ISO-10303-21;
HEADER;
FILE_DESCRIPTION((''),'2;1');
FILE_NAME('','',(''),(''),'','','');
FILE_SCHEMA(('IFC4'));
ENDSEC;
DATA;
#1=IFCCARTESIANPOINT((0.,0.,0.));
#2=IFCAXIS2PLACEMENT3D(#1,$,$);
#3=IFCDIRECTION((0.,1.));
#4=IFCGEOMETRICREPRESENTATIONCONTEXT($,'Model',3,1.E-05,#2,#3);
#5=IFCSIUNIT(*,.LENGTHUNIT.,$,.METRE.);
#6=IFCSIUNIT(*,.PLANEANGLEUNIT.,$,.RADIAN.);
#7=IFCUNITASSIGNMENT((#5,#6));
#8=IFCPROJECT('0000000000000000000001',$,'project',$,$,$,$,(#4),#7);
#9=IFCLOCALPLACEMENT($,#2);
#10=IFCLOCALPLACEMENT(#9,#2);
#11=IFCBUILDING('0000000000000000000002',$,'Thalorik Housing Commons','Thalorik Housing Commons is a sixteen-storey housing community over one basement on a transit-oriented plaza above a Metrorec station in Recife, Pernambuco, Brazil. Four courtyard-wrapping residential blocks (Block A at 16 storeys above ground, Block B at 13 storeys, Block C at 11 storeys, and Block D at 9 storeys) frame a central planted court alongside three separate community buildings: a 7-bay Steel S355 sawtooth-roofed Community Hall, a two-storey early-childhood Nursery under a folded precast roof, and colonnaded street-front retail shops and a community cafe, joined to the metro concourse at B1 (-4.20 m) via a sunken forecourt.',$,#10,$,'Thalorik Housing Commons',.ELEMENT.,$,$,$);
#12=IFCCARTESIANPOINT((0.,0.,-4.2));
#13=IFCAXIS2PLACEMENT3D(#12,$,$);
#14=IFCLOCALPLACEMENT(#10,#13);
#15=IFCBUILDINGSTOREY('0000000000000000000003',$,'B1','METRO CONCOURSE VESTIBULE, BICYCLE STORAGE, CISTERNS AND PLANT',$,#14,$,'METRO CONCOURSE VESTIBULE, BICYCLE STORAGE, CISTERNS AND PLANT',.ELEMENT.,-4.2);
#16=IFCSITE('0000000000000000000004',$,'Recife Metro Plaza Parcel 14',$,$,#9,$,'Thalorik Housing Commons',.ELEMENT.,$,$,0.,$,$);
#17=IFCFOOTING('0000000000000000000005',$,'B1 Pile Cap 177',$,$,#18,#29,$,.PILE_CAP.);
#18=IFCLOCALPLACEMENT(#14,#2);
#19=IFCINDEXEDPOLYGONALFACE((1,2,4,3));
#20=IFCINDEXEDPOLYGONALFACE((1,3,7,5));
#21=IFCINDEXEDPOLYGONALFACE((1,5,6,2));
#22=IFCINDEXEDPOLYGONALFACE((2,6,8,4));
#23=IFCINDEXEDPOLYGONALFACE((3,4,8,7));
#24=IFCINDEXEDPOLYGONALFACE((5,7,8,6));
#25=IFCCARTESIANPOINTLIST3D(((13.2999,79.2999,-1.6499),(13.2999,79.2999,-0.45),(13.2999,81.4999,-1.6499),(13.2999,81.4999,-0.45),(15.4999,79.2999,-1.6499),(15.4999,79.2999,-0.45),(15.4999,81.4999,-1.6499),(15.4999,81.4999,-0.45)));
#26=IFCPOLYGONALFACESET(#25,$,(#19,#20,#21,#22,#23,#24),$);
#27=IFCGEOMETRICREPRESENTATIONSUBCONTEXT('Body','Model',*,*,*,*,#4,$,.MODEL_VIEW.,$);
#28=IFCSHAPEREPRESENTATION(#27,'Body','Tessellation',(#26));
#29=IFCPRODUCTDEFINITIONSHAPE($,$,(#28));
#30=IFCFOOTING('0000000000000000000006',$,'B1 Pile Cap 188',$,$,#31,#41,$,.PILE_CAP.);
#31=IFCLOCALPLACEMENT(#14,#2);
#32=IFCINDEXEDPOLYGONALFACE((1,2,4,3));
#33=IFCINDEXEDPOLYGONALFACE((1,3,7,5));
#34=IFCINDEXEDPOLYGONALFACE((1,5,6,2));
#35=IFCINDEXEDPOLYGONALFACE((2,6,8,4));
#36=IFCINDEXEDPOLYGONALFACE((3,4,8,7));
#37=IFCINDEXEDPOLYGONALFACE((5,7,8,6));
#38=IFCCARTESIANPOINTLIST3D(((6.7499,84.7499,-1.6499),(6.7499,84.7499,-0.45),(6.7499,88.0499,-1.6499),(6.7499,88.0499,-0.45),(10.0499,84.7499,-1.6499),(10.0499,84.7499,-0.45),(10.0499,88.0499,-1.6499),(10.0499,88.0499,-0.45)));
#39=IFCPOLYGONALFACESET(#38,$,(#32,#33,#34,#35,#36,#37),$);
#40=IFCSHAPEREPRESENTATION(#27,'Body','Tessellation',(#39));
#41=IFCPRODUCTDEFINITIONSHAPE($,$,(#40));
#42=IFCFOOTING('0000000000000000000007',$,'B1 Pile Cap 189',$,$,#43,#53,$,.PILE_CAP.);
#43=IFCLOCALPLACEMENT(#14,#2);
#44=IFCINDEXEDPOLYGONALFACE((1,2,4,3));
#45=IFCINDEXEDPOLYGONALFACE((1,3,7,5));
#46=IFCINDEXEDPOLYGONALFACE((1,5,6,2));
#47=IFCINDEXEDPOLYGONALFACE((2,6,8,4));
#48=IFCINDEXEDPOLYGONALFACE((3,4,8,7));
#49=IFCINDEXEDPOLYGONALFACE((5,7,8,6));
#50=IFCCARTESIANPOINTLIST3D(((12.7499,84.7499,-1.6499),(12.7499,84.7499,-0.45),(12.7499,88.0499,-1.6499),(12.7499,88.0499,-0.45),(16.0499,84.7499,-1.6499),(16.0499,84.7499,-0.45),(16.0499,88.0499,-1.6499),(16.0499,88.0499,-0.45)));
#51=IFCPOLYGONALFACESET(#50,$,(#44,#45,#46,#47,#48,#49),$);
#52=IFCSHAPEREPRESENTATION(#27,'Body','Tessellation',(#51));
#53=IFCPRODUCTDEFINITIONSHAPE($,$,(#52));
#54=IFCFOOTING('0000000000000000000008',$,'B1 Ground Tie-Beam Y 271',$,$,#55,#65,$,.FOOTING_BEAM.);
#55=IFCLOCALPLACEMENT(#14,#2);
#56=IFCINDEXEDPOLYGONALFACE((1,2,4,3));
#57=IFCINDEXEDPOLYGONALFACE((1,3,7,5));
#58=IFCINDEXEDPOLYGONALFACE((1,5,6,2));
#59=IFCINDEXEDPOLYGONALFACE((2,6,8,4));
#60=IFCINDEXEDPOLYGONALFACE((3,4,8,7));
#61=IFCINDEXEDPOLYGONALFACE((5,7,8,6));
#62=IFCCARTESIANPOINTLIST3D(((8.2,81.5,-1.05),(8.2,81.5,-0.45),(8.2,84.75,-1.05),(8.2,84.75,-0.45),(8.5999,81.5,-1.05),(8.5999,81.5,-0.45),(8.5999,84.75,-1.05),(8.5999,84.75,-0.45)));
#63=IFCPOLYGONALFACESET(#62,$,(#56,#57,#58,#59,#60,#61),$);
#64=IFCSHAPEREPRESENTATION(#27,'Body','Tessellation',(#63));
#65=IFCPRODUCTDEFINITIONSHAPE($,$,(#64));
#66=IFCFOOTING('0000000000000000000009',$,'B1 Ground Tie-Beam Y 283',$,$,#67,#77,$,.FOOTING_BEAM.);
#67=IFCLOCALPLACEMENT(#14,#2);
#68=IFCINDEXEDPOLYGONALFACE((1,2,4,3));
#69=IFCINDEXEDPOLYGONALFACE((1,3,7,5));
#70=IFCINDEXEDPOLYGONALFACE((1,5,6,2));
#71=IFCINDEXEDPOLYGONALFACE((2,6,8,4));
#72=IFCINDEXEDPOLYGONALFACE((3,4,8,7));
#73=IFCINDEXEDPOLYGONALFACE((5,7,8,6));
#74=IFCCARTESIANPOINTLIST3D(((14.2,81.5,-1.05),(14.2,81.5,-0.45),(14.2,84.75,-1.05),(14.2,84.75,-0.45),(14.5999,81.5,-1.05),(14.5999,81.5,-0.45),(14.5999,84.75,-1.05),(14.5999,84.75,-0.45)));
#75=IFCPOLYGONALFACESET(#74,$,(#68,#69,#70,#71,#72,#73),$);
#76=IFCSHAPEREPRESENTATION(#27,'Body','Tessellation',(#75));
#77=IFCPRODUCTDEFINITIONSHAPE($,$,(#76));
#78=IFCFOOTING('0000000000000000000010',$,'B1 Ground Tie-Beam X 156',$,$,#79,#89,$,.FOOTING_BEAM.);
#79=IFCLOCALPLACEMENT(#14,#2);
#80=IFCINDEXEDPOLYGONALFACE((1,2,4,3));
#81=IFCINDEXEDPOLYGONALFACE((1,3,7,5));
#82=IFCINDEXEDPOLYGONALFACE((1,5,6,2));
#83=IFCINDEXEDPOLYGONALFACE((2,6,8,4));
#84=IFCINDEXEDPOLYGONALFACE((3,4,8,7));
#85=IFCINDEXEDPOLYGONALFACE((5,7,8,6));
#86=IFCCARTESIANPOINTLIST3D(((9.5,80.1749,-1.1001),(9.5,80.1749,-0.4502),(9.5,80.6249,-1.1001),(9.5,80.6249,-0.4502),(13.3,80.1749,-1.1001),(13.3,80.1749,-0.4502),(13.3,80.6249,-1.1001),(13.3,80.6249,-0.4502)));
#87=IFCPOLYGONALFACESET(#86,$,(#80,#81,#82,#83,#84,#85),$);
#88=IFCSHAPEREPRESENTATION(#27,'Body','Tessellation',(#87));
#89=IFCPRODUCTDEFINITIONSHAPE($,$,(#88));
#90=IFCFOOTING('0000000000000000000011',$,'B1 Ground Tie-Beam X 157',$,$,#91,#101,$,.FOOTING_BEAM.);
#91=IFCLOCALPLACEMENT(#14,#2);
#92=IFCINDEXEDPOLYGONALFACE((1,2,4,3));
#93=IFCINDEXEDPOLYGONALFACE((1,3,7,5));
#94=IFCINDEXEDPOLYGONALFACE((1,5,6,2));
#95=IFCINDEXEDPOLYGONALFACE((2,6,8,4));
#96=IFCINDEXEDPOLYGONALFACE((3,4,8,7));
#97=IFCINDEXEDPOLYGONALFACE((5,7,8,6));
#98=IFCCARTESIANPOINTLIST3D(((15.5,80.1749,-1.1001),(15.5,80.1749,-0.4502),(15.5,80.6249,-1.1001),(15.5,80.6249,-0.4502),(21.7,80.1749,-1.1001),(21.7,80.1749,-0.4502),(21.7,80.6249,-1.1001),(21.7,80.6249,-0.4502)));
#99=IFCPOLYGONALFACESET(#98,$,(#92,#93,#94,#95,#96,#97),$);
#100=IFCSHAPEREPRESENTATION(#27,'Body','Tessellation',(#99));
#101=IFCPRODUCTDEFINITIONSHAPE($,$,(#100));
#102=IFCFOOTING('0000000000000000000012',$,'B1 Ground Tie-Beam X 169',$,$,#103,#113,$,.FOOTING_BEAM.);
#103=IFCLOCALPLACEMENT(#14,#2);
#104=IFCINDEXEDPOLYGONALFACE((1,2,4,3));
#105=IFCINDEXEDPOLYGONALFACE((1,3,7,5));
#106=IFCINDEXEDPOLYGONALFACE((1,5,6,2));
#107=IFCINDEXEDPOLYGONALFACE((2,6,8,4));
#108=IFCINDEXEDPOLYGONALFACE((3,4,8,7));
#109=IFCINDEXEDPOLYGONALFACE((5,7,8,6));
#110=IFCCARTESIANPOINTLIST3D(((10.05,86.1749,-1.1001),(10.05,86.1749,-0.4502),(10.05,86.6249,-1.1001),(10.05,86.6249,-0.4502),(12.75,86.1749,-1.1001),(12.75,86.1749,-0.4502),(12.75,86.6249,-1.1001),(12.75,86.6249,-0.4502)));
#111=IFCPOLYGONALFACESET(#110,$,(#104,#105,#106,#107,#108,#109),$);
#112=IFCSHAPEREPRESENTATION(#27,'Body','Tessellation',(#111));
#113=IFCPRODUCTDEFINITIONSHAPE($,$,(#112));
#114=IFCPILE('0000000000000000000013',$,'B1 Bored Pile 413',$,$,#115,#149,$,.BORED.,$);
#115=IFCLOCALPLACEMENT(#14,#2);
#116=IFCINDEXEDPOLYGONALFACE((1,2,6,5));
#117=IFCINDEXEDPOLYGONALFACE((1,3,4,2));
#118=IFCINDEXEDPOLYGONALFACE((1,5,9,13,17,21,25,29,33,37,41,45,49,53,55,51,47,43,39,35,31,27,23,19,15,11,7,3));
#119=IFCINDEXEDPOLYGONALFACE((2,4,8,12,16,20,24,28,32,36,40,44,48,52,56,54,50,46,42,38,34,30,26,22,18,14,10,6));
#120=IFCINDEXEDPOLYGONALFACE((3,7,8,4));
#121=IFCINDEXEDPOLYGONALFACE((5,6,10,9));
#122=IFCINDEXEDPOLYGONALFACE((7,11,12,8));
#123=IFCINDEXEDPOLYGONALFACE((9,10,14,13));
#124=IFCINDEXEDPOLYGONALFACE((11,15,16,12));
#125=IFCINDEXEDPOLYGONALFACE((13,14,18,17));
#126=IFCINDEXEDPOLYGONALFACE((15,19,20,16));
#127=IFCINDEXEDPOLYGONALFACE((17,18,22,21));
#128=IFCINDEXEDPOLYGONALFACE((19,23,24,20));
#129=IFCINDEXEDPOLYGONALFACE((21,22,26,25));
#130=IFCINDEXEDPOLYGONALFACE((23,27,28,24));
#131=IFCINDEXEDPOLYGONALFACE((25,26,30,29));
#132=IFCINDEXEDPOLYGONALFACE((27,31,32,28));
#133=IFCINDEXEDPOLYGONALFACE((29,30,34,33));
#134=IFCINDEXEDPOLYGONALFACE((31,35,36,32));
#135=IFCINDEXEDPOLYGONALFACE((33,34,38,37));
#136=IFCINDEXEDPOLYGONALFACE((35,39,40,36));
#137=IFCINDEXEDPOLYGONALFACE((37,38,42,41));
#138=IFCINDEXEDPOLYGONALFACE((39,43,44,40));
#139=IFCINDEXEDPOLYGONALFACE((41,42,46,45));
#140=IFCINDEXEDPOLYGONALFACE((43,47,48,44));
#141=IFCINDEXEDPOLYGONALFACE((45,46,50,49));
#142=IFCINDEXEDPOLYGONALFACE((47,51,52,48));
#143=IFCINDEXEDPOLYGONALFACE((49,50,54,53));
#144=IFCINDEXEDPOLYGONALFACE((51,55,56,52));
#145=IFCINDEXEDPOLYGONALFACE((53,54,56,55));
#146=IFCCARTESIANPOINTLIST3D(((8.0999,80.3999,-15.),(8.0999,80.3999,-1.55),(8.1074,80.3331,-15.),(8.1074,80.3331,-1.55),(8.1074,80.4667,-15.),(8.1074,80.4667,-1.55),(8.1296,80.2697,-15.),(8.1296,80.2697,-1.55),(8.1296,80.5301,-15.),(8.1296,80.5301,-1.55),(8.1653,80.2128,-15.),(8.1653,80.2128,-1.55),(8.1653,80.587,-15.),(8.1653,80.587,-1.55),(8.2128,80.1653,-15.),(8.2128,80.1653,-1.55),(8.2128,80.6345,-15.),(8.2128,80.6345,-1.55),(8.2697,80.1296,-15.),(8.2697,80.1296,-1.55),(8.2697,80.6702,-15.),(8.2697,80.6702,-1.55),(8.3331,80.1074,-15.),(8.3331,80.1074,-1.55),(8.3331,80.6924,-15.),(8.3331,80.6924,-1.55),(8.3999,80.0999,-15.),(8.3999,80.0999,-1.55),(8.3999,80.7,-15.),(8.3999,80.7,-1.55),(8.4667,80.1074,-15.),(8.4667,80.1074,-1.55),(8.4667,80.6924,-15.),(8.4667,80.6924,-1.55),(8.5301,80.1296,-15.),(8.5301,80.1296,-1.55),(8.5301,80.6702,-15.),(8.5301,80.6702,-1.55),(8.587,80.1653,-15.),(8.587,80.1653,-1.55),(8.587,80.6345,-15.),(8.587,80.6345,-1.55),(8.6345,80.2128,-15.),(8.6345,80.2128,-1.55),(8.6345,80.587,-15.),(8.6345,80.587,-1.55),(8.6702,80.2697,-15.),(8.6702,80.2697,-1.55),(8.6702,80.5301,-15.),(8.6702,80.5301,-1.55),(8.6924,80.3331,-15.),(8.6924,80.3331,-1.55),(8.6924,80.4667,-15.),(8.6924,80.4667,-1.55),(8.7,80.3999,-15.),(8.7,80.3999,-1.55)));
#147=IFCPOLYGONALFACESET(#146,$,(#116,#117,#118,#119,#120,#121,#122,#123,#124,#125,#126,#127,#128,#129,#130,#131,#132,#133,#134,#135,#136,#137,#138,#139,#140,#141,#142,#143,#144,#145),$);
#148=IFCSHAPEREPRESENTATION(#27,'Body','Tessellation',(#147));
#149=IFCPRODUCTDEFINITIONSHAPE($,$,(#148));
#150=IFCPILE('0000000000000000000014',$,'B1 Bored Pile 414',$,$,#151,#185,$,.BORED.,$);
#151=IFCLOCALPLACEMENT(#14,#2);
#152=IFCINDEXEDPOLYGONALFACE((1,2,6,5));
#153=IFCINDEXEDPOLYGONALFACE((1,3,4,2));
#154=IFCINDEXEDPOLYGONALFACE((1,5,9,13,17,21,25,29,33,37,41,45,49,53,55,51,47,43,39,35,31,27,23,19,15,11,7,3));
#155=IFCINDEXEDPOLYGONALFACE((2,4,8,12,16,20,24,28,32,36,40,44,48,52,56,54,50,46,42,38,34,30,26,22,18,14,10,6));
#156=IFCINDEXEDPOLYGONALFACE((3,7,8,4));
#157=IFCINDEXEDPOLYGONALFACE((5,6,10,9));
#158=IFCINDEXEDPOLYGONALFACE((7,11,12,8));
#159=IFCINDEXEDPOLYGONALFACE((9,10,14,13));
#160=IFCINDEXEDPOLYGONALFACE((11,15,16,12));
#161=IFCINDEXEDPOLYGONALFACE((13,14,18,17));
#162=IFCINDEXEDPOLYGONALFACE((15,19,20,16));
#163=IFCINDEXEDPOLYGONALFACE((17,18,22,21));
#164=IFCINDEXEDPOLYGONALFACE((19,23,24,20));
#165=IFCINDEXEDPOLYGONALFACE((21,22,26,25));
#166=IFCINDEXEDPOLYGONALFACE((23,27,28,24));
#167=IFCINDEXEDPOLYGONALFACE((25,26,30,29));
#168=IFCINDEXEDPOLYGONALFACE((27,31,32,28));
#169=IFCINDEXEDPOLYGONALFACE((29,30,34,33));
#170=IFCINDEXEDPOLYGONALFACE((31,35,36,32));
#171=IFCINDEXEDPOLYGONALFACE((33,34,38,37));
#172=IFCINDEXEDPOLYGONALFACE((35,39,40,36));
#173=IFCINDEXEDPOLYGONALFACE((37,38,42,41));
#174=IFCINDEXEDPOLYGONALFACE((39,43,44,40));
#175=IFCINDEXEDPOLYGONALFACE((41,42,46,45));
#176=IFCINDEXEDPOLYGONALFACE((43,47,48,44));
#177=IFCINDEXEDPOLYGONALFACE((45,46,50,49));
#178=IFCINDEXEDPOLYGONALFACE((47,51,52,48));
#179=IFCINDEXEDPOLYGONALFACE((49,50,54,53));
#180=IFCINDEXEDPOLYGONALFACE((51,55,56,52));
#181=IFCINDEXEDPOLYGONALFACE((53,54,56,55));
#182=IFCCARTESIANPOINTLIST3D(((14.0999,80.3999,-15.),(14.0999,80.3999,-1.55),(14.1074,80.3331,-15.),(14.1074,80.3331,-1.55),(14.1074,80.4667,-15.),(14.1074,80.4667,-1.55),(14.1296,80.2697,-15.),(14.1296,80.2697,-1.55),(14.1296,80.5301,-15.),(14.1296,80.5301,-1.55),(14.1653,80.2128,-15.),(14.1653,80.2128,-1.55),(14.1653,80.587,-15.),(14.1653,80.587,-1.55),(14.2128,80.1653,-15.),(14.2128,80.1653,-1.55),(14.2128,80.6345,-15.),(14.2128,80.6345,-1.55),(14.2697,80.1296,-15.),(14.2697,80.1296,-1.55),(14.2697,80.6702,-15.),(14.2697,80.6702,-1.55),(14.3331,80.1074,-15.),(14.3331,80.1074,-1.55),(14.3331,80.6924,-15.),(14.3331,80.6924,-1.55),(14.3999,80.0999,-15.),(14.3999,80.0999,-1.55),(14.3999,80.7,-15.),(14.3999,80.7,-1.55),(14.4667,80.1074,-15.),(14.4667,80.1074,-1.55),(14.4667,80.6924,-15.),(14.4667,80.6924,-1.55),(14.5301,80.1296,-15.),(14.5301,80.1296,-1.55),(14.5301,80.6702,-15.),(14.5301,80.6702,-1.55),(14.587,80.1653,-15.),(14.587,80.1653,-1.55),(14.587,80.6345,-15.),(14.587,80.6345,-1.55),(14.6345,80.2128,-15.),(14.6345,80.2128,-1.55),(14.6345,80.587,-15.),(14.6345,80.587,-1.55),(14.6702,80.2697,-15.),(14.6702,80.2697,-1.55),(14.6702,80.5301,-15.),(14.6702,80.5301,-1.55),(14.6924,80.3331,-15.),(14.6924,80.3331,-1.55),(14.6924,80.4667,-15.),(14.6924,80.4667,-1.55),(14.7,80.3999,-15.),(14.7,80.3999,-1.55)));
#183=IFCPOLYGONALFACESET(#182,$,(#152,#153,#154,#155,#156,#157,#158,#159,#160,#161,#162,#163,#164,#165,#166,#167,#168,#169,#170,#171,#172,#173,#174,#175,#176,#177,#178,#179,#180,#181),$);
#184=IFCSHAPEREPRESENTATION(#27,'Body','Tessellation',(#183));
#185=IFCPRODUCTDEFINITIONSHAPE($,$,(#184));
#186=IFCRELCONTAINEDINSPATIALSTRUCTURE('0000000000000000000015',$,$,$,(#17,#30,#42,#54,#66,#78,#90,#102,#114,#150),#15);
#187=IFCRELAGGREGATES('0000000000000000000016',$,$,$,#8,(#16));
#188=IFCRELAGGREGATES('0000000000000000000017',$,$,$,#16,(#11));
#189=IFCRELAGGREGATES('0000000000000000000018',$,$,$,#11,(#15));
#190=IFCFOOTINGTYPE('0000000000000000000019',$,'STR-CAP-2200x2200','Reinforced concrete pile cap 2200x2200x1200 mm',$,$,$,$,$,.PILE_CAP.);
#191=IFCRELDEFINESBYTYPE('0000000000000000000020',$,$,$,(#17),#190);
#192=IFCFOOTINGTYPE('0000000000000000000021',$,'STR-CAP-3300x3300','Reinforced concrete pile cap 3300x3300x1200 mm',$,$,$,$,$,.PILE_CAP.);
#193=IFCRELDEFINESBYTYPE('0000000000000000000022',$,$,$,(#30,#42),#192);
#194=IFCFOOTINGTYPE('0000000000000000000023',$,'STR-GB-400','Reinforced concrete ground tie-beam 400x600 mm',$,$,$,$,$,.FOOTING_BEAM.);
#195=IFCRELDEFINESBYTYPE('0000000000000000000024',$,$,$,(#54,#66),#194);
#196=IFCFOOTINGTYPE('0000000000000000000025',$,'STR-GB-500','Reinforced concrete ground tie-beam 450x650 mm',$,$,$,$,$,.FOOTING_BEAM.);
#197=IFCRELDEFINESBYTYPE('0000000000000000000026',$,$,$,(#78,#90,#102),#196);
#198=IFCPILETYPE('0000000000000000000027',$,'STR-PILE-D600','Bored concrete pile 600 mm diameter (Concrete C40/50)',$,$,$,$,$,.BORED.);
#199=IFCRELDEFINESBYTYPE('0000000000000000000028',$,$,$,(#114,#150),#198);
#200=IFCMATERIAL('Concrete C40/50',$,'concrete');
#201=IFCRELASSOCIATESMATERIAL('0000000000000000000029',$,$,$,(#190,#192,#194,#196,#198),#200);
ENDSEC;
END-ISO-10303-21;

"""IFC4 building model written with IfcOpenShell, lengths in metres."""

from ifc_helpers import new_model, si_unit, direction, frame, origin, origin_2d, place, context, subcontext, project, spatial, rectangle, circle, extrude, material, material_profile, profile_set, type_object, element, save


model = new_model("IFC4")

# Units and contexts
model_context = context("Model", 3, precision=1e-05, world=origin(), true_north=direction((0.0, 1.0)))
body_context = subcontext(model_context, "Body", "Model", "MODEL_VIEW")
ifc_project = project(units=[si_unit("LENGTHUNIT", "METRE"), si_unit("PLANEANGLEUNIT", "RADIAN")], contexts=[model_context])

# Site, building, storey
site_placement = place(None, origin())
site = spatial("IfcSite", under=ifc_project, at=site_placement, Name="Recife Metro Plaza Parcel 14", LongName="Thalorik Housing Commons", CompositionType="ELEMENT", RefElevation=0.0)
building_placement = place(site_placement, origin())
building = spatial("IfcBuilding", under=site, at=building_placement, Name="Thalorik Housing Commons", Description="Thalorik Housing Commons is a sixteen-storey housing community over one basement on a transit-oriented plaza above a Metrorec station in Recife, Pernambuco, Brazil. Four courtyard-wrapping residential blocks (Block A at 16 storeys above ground, Block B at 13 storeys, Block C at 11 storeys, and Block D at 9 storeys) frame a central planted court alongside three separate community buildings: a 7-bay Steel S355 sawtooth-roofed Community Hall, a two-storey early-childhood Nursery under a folded precast roof, and colonnaded street-front retail shops and a community cafe, joined to the metro concourse at B1 (-4.20 m) via a sunken forecourt.", LongName="Thalorik Housing Commons", CompositionType="ELEMENT")
storey_placement = place(building_placement, frame((0.0, 0.0, -4.2)))
storey = spatial("IfcBuildingStorey", under=building, at=storey_placement, Name="B1", Description="METRO CONCOURSE VESTIBULE, BICYCLE STORAGE, CISTERNS AND PLANT", LongName="METRO CONCOURSE VESTIBULE, BICYCLE STORAGE, CISTERNS AND PLANT", CompositionType="ELEMENT", Elevation=-4.2)

# Footings
ifc_material_1 = material(Name="Concrete C40/50", Category="concrete")
footing_type_1 = type_object("IfcFootingType", Name="STR-CAP-2200x2200", Description="Reinforced concrete pile cap 2200x2200x1200 mm", PredefinedType="PILE_CAP", material=ifc_material_1)
footing_1_placement = place(storey_placement, frame((14.3999, 80.3999, -1.6499), z_axis=(0.0, 0.0, 1.0), x_axis=(1.0, 0.0, 0.0)))
element("IfcFooting", 1, at=footing_1_placement, inside=storey, type_object=footing_type_1, Name="B1 Pile Cap 177", PredefinedType="PILE_CAP", context=body_context, shape_type="SweptSolid", body=[
    extrude(rectangle(XDim=2.2, YDim=2.2, at=origin_2d()), origin(), (0.0, 0.0, 1.0), 1.2),
])
footing_type_2 = type_object("IfcFootingType", Name="STR-CAP-3300x3300", Description="Reinforced concrete pile cap 3300x3300x1200 mm", PredefinedType="PILE_CAP", material=ifc_material_1)
for number, where, z_axis, x_axis, name in (
    (2, (8.3999, 86.3999, -1.6499), (0.0, 0.0, 1.0), (1.0, 0.0, 0.0), "B1 Pile Cap 188"),
    (3, (14.3999, 86.3999, -1.6499), (0.0, 0.0, 1.0), (1.0, 0.0, 0.0), "B1 Pile Cap 189"),
):
    element("IfcFooting", number, at=place(storey_placement, frame(where, z_axis=z_axis, x_axis=x_axis)), inside=storey, type_object=footing_type_2, Name=name, PredefinedType="PILE_CAP", context=body_context, shape_type="SweptSolid", body=[
        extrude(rectangle(XDim=3.3, YDim=3.3, at=origin_2d()), origin(), (0.0, 0.0, 1.0), 1.2),
    ])
ifc_material_profile_1 = material_profile(ifc_material_1, rectangle(XDim=0.3999, YDim=0.6001, at=origin_2d()), Name="RC 400x600", Category="concrete")
ifc_profile_set_1 = profile_set([ifc_material_profile_1], Name="Concrete C40/50")
footing_type_3 = type_object("IfcFootingType", Name="STR-GB-400", Description="Reinforced concrete ground tie-beam 400x600 mm", PredefinedType="FOOTING_BEAM", material=ifc_profile_set_1)
for number, where, z_axis, x_axis, name in (
    (4, (8.3999, 81.5, -0.75), (0.0, 1.0, 0.0), (-1.0, 0.0, 0.0), "B1 Ground Tie-Beam Y 271"),
    (5, (14.3999, 81.5, -0.75), (0.0, 1.0, 0.0), (-1.0, 0.0, 0.0), "B1 Ground Tie-Beam Y 283"),
):
    element("IfcFooting", number, at=place(storey_placement, frame(where, z_axis=z_axis, x_axis=x_axis)), inside=storey, type_object=footing_type_3, Name=name, PredefinedType="FOOTING_BEAM", context=body_context, shape_type="SweptSolid", body=[
        extrude(rectangle(XDim=0.3999, YDim=0.6001, at=origin_2d()), origin(), (0.0, 0.0, 1.0), 3.25),
    ])
ifc_material_profile_2 = material_profile(ifc_material_1, rectangle(XDim=0.45, YDim=0.6499, at=origin_2d()), Name="RC 450x650", Category="concrete")
ifc_profile_set_2 = profile_set([ifc_material_profile_2], Name="Concrete C40/50")
footing_type_4 = type_object("IfcFootingType", Name="STR-GB-500", Description="Reinforced concrete ground tie-beam 450x650 mm", PredefinedType="FOOTING_BEAM", material=ifc_profile_set_2)
footing_2_placement = place(storey_placement, frame((9.5, 80.3999, -0.7751), z_axis=(1.0, 0.0, 0.0), x_axis=(0.0, 1.0, 0.0)))
element("IfcFooting", 6, at=footing_2_placement, inside=storey, type_object=footing_type_4, Name="B1 Ground Tie-Beam X 156", PredefinedType="FOOTING_BEAM", context=body_context, shape_type="SweptSolid", body=[
    extrude(rectangle(XDim=0.45, YDim=0.6499, at=origin_2d()), origin(), (0.0, 0.0, 1.0), 3.8),
])
footing_3_placement = place(storey_placement, frame((15.5, 80.3999, -0.7751), z_axis=(1.0, 0.0, 0.0), x_axis=(0.0, 1.0, 0.0)))
element("IfcFooting", 7, at=footing_3_placement, inside=storey, type_object=footing_type_4, Name="B1 Ground Tie-Beam X 157", PredefinedType="FOOTING_BEAM", context=body_context, shape_type="SweptSolid", body=[
    extrude(rectangle(XDim=0.45, YDim=0.6499, at=origin_2d()), origin(), (0.0, 0.0, 1.0), 6.2),
])
footing_4_placement = place(storey_placement, frame((10.05, 86.3999, -0.7751), z_axis=(1.0, 0.0, 0.0), x_axis=(0.0, 1.0, 0.0)))
element("IfcFooting", 8, at=footing_4_placement, inside=storey, type_object=footing_type_4, Name="B1 Ground Tie-Beam X 169", PredefinedType="FOOTING_BEAM", context=body_context, shape_type="SweptSolid", body=[
    extrude(rectangle(XDim=0.45, YDim=0.6499, at=origin_2d()), origin(), (0.0, 0.0, 1.0), 2.7),
])

# Piles
ifc_material_profile_3 = material_profile(ifc_material_1, circle(Radius=0.3, at=origin_2d()), Name="BORED PILE D600", Category="concrete")
ifc_profile_set_3 = profile_set([ifc_material_profile_3], Name="Concrete C40/50")
pile_type_1 = type_object("IfcPileType", Name="STR-PILE-D600", Description="Bored concrete pile 600 mm diameter (Concrete C40/50)", PredefinedType="BORED", material=ifc_profile_set_3)
for number, where, z_axis, x_axis, name in (
    (9, (8.3999, 80.3999, -1.55), (0.0, 0.0, -1.0), (1.0, 0.0, 0.0), "B1 Bored Pile 413"),
    (10, (14.3999, 80.3999, -1.55), (0.0, 0.0, -1.0), (1.0, 0.0, 0.0), "B1 Bored Pile 414"),
):
    element("IfcPile", number, at=place(storey_placement, frame(where, z_axis=z_axis, x_axis=x_axis)), inside=storey, type_object=pile_type_1, Name=name, PredefinedType="BORED", context=body_context, shape_type="SweptSolid", body=[
        extrude(circle(Radius=0.3, at=origin_2d()), origin(), (0.0, 0.0, 1.0), 13.45),
    ])

save(model, "model.ifc")
